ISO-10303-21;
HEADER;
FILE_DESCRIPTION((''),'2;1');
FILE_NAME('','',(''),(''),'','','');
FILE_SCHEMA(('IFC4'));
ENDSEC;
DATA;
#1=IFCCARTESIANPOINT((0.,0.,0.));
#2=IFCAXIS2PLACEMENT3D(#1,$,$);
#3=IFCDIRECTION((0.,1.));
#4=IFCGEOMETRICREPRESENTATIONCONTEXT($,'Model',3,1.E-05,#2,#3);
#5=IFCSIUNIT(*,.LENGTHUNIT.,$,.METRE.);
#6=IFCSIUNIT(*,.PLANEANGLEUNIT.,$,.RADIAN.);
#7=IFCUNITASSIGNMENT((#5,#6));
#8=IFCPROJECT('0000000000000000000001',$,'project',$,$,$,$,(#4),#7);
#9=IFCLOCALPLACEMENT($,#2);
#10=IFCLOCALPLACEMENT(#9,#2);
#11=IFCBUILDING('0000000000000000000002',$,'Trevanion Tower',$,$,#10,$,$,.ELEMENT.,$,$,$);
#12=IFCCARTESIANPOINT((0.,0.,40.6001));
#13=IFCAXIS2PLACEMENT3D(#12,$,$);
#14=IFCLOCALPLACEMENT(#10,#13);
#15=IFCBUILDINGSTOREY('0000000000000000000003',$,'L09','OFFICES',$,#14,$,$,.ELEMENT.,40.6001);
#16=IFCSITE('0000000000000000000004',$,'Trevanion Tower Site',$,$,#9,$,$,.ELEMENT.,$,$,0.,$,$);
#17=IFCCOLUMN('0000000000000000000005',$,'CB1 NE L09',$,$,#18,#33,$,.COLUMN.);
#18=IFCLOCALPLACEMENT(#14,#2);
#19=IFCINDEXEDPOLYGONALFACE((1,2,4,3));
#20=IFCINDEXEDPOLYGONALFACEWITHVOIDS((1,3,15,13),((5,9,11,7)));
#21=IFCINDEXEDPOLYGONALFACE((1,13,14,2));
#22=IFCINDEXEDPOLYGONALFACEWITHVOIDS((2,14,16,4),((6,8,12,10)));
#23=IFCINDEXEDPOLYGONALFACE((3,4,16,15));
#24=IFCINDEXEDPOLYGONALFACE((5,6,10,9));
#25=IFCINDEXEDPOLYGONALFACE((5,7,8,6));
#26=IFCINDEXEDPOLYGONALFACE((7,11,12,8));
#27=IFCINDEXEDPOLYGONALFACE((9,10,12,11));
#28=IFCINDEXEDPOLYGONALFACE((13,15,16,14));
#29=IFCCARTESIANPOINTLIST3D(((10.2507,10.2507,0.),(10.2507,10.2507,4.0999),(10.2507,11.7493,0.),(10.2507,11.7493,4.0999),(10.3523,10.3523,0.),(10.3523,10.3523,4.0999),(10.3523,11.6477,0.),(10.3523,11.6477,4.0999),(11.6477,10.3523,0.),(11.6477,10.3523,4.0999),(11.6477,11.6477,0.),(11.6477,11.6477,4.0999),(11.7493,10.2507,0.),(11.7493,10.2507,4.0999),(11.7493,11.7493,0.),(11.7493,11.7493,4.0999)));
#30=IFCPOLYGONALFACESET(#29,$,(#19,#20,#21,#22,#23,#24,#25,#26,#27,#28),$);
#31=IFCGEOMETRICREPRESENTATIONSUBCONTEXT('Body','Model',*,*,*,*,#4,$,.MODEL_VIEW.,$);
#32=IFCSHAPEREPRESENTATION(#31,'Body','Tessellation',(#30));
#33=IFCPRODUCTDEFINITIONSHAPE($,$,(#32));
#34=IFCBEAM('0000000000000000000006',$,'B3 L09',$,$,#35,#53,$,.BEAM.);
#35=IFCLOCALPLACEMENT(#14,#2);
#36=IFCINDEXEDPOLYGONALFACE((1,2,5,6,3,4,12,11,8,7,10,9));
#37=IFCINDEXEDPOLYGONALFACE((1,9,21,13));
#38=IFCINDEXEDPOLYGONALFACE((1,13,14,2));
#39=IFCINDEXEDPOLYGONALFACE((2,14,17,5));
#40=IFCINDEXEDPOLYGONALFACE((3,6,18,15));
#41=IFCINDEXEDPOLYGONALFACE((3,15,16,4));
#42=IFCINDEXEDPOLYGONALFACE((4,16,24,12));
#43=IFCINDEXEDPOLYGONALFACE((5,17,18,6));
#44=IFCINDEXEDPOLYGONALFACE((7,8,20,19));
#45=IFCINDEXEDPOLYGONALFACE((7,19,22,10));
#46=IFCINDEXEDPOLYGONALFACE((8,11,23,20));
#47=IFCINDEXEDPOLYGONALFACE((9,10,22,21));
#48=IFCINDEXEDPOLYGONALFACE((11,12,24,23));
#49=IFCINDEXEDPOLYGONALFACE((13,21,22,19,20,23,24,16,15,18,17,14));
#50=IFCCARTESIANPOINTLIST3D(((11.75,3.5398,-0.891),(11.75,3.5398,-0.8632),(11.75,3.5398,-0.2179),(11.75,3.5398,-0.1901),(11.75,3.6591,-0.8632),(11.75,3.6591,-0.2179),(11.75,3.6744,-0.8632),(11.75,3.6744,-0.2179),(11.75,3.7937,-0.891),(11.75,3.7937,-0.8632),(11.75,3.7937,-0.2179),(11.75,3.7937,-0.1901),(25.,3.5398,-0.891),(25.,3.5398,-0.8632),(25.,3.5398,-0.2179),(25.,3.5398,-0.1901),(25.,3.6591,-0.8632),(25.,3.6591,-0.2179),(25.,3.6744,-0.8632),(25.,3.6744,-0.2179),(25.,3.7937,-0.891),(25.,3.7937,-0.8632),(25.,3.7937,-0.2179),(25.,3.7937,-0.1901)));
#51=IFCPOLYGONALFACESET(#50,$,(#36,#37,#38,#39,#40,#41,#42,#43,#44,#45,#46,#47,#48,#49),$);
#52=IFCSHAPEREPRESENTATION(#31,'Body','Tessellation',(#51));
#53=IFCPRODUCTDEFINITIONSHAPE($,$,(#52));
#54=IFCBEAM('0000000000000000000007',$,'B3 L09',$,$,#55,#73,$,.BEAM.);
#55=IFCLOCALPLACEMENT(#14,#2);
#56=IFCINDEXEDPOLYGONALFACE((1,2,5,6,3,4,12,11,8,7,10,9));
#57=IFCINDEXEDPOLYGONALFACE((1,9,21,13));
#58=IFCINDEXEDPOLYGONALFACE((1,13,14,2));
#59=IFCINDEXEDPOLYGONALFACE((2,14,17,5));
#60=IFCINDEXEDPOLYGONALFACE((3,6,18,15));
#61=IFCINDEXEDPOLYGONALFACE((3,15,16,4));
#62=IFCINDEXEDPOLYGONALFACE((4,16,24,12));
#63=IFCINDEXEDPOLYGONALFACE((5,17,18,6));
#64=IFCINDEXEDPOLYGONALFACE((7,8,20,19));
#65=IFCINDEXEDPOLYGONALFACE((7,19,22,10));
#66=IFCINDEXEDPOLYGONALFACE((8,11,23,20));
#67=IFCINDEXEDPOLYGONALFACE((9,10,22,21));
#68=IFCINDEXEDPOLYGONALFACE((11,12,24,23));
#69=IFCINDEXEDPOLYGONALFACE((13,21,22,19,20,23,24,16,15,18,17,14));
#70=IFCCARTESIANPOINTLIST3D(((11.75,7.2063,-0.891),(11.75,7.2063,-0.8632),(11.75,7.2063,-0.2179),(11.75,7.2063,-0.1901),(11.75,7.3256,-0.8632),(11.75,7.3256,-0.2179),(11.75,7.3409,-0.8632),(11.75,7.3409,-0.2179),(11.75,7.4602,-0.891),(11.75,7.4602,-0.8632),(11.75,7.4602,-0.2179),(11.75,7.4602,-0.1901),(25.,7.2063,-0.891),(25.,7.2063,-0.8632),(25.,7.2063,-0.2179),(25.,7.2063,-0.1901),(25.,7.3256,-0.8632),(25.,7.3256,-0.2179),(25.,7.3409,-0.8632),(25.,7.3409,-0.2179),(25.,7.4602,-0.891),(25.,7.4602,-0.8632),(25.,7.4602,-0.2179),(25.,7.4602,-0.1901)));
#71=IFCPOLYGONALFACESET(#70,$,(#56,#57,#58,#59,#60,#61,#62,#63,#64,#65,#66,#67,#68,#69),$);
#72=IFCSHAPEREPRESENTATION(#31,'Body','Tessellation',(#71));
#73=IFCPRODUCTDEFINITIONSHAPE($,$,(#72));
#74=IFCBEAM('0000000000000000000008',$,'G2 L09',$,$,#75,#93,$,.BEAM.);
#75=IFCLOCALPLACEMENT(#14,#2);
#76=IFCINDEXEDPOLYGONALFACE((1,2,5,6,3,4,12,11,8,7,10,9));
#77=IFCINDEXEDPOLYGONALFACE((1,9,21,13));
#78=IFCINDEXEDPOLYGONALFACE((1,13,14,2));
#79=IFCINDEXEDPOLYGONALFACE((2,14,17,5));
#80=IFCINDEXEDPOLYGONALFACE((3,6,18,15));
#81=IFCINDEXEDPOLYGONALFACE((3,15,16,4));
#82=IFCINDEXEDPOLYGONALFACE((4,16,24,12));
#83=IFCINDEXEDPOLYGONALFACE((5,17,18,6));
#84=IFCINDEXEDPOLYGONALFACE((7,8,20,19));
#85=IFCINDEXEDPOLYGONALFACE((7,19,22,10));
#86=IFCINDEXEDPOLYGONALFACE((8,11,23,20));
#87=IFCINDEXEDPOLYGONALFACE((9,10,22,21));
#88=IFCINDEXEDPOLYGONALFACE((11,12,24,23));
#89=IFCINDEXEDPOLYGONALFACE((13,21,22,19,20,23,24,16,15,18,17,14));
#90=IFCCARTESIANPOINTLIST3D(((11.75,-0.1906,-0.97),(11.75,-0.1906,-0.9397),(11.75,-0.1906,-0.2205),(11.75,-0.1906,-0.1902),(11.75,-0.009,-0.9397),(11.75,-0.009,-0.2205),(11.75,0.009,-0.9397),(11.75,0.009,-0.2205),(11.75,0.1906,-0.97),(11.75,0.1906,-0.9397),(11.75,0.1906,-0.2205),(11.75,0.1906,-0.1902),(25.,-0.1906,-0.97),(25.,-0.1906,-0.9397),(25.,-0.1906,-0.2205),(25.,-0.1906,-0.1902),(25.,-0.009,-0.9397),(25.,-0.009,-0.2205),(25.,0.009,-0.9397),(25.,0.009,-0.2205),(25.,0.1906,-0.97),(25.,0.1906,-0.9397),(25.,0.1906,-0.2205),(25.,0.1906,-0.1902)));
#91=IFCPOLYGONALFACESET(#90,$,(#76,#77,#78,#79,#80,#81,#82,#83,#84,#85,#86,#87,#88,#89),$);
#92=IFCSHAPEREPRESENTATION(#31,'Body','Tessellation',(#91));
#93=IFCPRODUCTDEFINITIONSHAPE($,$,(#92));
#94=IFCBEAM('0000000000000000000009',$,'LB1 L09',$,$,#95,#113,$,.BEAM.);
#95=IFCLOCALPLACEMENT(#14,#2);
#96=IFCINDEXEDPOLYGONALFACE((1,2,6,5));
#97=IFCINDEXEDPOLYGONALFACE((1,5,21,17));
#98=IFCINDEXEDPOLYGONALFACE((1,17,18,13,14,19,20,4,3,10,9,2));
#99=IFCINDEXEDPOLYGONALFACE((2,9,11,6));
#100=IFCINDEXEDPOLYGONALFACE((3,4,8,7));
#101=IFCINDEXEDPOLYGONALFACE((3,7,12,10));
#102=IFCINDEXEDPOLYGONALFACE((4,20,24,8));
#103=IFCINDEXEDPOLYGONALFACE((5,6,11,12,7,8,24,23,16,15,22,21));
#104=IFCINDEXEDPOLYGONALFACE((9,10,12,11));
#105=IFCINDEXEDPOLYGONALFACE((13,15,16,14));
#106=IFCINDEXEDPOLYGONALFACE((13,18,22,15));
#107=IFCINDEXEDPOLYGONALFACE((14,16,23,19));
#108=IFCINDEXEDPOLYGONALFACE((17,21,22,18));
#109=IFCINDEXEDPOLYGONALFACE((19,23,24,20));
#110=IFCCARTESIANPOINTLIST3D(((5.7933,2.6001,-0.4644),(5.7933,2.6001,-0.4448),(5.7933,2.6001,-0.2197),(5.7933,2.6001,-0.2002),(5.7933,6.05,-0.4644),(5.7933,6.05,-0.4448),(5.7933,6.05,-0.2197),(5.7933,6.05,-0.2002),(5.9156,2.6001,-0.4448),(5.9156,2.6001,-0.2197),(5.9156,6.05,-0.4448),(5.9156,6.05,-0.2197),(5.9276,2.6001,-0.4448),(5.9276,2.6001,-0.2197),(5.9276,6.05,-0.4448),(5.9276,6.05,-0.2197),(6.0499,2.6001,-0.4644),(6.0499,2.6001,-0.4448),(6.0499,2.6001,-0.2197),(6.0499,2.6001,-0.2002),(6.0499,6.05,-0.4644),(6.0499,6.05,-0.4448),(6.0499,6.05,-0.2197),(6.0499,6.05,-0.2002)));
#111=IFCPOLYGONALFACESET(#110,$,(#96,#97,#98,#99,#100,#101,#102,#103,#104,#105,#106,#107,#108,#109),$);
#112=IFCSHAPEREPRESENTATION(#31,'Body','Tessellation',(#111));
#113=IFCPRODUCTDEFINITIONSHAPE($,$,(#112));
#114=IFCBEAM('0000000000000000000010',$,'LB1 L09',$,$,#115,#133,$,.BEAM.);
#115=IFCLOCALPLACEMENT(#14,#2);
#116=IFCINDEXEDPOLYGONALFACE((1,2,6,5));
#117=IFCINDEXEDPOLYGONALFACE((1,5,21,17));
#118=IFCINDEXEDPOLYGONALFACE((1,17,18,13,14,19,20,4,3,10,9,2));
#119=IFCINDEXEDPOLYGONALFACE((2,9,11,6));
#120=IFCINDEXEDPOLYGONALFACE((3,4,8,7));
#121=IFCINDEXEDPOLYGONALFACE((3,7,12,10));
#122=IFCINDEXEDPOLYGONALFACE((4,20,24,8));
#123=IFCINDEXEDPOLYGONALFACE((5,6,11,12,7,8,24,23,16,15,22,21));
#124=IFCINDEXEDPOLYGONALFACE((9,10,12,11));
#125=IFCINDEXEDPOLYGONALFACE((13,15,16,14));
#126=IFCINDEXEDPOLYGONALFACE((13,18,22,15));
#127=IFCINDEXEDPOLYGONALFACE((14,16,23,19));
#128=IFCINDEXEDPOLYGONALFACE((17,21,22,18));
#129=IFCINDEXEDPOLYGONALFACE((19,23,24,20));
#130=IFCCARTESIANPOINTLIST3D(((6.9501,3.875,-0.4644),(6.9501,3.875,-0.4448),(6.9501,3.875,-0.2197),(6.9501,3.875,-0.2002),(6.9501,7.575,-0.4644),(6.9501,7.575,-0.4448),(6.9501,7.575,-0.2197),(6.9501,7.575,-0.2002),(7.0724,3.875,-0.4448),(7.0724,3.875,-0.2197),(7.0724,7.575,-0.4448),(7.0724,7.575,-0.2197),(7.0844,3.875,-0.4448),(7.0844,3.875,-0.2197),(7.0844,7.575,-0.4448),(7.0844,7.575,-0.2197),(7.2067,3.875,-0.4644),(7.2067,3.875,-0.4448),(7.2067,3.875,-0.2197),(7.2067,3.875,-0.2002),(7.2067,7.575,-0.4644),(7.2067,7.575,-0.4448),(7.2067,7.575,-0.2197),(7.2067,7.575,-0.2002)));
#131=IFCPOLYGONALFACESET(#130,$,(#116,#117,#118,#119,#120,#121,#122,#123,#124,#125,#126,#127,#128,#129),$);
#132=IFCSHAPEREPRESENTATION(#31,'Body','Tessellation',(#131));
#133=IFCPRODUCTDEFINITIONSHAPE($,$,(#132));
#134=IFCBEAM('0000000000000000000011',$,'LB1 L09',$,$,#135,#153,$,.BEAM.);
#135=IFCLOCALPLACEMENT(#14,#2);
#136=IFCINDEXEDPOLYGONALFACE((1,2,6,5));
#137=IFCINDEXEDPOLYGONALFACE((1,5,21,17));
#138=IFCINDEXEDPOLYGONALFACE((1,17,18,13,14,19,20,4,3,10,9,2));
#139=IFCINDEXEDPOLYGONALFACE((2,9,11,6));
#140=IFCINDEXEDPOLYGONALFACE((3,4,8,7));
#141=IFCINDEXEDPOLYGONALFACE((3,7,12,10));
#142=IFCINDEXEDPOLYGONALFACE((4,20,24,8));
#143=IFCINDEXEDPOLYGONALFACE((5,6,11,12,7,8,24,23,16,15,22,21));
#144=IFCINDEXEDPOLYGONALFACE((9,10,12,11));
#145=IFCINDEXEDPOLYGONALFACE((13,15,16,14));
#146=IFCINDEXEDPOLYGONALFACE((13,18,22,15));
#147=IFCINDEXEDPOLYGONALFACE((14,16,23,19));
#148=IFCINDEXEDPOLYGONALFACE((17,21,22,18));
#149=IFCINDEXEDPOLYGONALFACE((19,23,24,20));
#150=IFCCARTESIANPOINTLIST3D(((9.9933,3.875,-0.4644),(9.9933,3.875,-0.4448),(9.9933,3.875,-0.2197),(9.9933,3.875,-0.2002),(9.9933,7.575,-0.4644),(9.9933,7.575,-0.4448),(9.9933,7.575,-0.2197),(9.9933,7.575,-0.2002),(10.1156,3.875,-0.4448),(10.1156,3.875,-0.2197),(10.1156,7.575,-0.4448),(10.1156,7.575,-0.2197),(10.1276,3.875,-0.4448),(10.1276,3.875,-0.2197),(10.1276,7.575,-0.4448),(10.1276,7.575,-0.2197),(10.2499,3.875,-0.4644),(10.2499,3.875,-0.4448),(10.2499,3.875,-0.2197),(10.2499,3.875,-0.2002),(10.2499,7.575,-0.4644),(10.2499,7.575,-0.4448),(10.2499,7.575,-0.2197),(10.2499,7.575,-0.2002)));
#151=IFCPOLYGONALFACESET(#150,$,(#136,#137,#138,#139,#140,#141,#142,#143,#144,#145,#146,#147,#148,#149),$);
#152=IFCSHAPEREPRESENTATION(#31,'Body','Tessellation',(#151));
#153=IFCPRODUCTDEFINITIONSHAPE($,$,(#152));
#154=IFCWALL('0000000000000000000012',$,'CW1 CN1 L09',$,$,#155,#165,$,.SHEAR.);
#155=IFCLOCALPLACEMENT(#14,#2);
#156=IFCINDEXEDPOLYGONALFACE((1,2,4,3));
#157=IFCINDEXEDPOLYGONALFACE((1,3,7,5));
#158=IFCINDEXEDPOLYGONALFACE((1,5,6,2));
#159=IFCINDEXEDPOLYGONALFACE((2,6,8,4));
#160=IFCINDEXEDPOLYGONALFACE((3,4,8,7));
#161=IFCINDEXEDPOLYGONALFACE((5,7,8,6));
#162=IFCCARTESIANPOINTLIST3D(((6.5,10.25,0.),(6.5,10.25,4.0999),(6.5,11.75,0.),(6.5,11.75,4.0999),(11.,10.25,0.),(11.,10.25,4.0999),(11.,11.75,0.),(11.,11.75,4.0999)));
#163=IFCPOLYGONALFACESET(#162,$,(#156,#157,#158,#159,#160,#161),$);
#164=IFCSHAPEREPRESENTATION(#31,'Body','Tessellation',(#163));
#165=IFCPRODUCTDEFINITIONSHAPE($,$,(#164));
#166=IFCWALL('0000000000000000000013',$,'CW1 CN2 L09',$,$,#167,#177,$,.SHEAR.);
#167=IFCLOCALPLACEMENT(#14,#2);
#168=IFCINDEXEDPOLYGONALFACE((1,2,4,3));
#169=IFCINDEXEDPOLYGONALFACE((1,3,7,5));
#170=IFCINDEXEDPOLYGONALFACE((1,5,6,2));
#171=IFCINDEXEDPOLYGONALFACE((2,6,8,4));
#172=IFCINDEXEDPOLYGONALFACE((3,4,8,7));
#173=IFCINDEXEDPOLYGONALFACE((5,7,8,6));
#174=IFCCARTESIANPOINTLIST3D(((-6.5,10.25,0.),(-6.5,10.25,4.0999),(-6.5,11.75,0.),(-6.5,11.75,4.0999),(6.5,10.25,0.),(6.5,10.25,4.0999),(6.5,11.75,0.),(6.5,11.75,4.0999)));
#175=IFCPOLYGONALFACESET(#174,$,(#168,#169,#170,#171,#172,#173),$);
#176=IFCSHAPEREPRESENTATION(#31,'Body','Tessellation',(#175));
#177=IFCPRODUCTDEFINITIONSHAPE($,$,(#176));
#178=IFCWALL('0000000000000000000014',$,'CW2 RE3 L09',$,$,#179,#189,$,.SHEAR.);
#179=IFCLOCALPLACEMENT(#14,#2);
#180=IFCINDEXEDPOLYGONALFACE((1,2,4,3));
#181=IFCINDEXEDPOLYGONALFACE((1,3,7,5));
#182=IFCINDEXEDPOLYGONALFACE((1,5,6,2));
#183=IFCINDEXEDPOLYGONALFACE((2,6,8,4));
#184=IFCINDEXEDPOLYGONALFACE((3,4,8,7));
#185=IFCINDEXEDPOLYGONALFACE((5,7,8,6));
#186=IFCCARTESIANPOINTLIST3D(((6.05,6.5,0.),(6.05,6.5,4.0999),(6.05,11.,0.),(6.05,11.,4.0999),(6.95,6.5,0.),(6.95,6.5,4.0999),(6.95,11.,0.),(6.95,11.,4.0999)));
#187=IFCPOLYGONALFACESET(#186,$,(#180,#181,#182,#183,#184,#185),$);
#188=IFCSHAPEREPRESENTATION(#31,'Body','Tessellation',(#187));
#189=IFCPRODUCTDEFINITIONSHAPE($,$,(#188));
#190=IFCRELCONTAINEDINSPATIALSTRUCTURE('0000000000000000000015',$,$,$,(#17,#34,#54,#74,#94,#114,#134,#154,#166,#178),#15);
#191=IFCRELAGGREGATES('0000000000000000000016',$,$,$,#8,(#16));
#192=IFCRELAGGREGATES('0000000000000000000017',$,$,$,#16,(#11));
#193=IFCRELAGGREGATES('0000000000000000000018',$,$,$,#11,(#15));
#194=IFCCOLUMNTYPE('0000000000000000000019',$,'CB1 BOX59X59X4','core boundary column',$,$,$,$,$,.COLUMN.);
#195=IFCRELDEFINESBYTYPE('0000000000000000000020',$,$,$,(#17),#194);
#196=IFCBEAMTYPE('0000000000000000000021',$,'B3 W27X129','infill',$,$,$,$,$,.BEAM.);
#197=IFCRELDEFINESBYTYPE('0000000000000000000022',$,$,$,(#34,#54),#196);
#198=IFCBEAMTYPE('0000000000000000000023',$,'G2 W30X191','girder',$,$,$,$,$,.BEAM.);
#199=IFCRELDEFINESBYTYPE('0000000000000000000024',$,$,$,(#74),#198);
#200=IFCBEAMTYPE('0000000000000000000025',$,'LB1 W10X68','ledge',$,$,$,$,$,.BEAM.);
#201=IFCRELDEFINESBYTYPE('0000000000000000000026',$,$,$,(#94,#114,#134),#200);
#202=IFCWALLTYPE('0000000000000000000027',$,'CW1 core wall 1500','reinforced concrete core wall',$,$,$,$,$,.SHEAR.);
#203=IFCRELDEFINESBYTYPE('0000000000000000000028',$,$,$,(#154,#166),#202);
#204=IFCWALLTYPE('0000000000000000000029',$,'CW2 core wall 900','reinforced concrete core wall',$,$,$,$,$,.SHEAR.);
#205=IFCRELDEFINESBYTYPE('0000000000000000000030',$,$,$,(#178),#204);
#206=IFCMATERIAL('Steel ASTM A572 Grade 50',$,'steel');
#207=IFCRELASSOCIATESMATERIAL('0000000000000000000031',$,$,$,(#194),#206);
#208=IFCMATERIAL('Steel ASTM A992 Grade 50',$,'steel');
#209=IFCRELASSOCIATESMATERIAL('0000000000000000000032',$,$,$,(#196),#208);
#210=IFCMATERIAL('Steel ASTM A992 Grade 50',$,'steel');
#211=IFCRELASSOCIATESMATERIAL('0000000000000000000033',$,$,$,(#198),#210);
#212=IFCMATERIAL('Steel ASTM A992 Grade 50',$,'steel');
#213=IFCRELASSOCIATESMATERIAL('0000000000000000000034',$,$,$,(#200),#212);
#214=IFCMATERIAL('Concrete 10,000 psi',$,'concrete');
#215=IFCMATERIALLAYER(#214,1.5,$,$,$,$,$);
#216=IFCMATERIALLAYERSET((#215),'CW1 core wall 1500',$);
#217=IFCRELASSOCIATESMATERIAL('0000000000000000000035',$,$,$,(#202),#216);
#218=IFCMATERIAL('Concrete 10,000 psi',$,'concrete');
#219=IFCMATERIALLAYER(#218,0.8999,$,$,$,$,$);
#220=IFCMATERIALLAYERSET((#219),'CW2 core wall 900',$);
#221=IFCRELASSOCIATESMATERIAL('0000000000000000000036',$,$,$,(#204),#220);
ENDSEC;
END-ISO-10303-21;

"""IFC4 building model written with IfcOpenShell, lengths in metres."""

from ifc_helpers import new_model, si_unit, direction, frame, frame_2d, origin, origin_2d, place, context, subcontext, project, spatial, rectangle, hollow_rectangle, i_section, extrude, material, layer, layer_set, material_profile, profile_set, type_object, element, save


model = new_model("IFC4")

# Units and contexts
model_context = context("Model", 3, precision=1e-05, world=origin(), true_north=direction((0.0, 1.0)))
body_context = subcontext(model_context, "Body", "Model", "MODEL_VIEW")
ifc_project = project(units=[si_unit("LENGTHUNIT", "METRE"), si_unit("PLANEANGLEUNIT", "RADIAN")], contexts=[model_context])

# Site, building, storey
site_placement = place(None, origin())
site = spatial("IfcSite", under=ifc_project, at=site_placement, Name="Trevanion Tower Site", CompositionType="ELEMENT", RefElevation=0.0)
building_placement = place(site_placement, origin())
building = spatial("IfcBuilding", under=site, at=building_placement, Name="Trevanion Tower", CompositionType="ELEMENT")
storey_placement = place(building_placement, frame((0.0, 0.0, 40.6001)))
storey = spatial("IfcBuildingStorey", under=building, at=storey_placement, Name="L09", Description="OFFICES", CompositionType="ELEMENT", Elevation=40.6001)

# Column
ifc_material_1 = material(Name="Steel ASTM A572 Grade 50", Category="steel")
ifc_material_profile_1 = material_profile(ifc_material_1, hollow_rectangle(XDim=1.4985, YDim=1.4985, WallThickness=0.1016, at=origin_2d()), Name="BOX59X59X4")
ifc_profile_set_1 = profile_set([ifc_material_profile_1], Name="Steel ASTM A572 Grade 50")
column_type = type_object("IfcColumnType", Name="CB1 BOX59X59X4", Description="core boundary column", PredefinedType="COLUMN", material=ifc_profile_set_1)
column_placement = place(storey_placement, frame((11.0, 11.0, 0.0), z_axis=(0.0, 0.0, 1.0), x_axis=(1.0, 0.0, 0.0)))
element("IfcColumn", 1, at=column_placement, inside=storey, type_object=column_type, Name="CB1 NE L09", PredefinedType="COLUMN", context=body_context, shape_type="SweptSolid", body=[
    extrude(hollow_rectangle(XDim=1.4985, YDim=1.4985, WallThickness=0.1016, at=origin_2d()), origin(), (0.0, 0.0, 1.0), 4.0999),
])

# Beams
ifc_material_2 = material(Name="Steel ASTM A992 Grade 50", Category="steel")
ifc_material_profile_2 = material_profile(ifc_material_2, i_section(OverallWidth=0.2539, OverallDepth=0.7009, WebThickness=0.0154, FlangeThickness=0.0278, at=origin_2d()), Name="W27X129")
ifc_profile_set_2 = profile_set([ifc_material_profile_2], Name="Steel ASTM A992 Grade 50")
beam_type_1 = type_object("IfcBeamType", Name="B3 W27X129", Description="infill", PredefinedType="BEAM", material=ifc_profile_set_2)
for number, where, z_axis, x_axis, name in (
    (2, (11.75, 3.6667, -0.5405), (1.0, 0.0, 0.0), (0.0, 1.0, 0.0), "B3 L09"),
    (3, (11.75, 7.3333, -0.5405), (1.0, 0.0, 0.0), (0.0, 1.0, 0.0), "B3 L09"),
):
    element("IfcBeam", number, at=place(storey_placement, frame(where, z_axis=z_axis, x_axis=x_axis)), inside=storey, type_object=beam_type_1, Name=name, PredefinedType="BEAM", context=body_context, shape_type="SweptSolid", body=[
        extrude(i_section(OverallWidth=0.2539, OverallDepth=0.7009, WebThickness=0.0154, FlangeThickness=0.0278, at=origin_2d()), origin(), (0.0, 0.0, 1.0), 13.25),
    ])
ifc_material_3 = material(Name="Steel ASTM A992 Grade 50", Category="steel")
ifc_material_profile_3 = material_profile(ifc_material_3, i_section(OverallWidth=0.3811, OverallDepth=0.7798, WebThickness=0.0181, FlangeThickness=0.0303, at=origin_2d()), Name="W30X191")
ifc_profile_set_3 = profile_set([ifc_material_profile_3], Name="Steel ASTM A992 Grade 50")
beam_type_2 = type_object("IfcBeamType", Name="G2 W30X191", Description="girder", PredefinedType="BEAM", material=ifc_profile_set_3)
beam_1_placement = place(storey_placement, frame((11.75, 0.0, -0.5801), z_axis=(1.0, 0.0, 0.0), x_axis=(0.0, 1.0, 0.0)))
element("IfcBeam", 4, at=beam_1_placement, inside=storey, type_object=beam_type_2, Name="G2 L09", PredefinedType="BEAM", context=body_context, shape_type="SweptSolid", body=[
    extrude(i_section(OverallWidth=0.3811, OverallDepth=0.7798, WebThickness=0.0181, FlangeThickness=0.0303, at=origin_2d()), origin(), (0.0, 0.0, 1.0), 13.25),
])
ifc_material_4 = material(Name="Steel ASTM A992 Grade 50", Category="steel")
ifc_material_profile_4 = material_profile(ifc_material_4, i_section(OverallWidth=0.2566, OverallDepth=0.2642, WebThickness=0.012, FlangeThickness=0.0195, at=origin_2d()), Name="W10X68")
ifc_profile_set_4 = profile_set([ifc_material_profile_4], Name="Steel ASTM A992 Grade 50")
beam_type_3 = type_object("IfcBeamType", Name="LB1 W10X68", Description="ledge", PredefinedType="BEAM", material=ifc_profile_set_4)
beam_2_placement = place(storey_placement, frame((5.9216, 2.6001, -0.3323), z_axis=(0.0, 1.0, 0.0), x_axis=(-1.0, 0.0, 0.0)))
element("IfcBeam", 5, at=beam_2_placement, inside=storey, type_object=beam_type_3, Name="LB1 L09", PredefinedType="BEAM", context=body_context, shape_type="SweptSolid", body=[
    extrude(i_section(OverallWidth=0.2566, OverallDepth=0.2642, WebThickness=0.012, FlangeThickness=0.0195, at=origin_2d()), origin(), (0.0, 0.0, 1.0), 3.45),
])
for number, where, z_axis, x_axis, name in (
    (6, (7.0784, 3.875, -0.3323), (0.0, 1.0, 0.0), (-1.0, 0.0, 0.0), "LB1 L09"),
    (7, (10.1216, 3.875, -0.3323), (0.0, 1.0, 0.0), (-1.0, 0.0, 0.0), "LB1 L09"),
):
    element("IfcBeam", number, at=place(storey_placement, frame(where, z_axis=z_axis, x_axis=x_axis)), inside=storey, type_object=beam_type_3, Name=name, PredefinedType="BEAM", context=body_context, shape_type="SweptSolid", body=[
        extrude(i_section(OverallWidth=0.2566, OverallDepth=0.2642, WebThickness=0.012, FlangeThickness=0.0195, at=origin_2d()), origin(), (0.0, 0.0, 1.0), 3.7),
    ])

# Walls
ifc_material_5 = material(Name="Concrete 10,000 psi", Category="concrete")
ifc_layer_1 = layer(ifc_material_5, 1.5)
ifc_layer_set_1 = layer_set([ifc_layer_1], Name="CW1 core wall 1500")
wall_type_1 = type_object("IfcWallType", Name="CW1 core wall 1500", Description="reinforced concrete core wall", PredefinedType="SHEAR", material=ifc_layer_set_1)
wall_1_placement = place(storey_placement, frame((11.0, 11.0, 0.0), z_axis=(0.0, 0.0, 1.0), x_axis=(-1.0, 0.0, 0.0)))
element("IfcWall", 8, at=wall_1_placement, inside=storey, type_object=wall_type_1, Name="CW1 CN1 L09", PredefinedType="SHEAR", context=body_context, shape_type="SweptSolid", body=[
    extrude(rectangle(XDim=4.5, YDim=1.5, at=frame_2d((2.25, 0.0))), origin(), (0.0, 0.0, 1.0), 4.0999),
])
wall_2_placement = place(storey_placement, frame((6.5, 11.0, 0.0), z_axis=(0.0, 0.0, 1.0), x_axis=(-1.0, 0.0, 0.0)))
element("IfcWall", 9, at=wall_2_placement, inside=storey, type_object=wall_type_1, Name="CW1 CN2 L09", PredefinedType="SHEAR", context=body_context, shape_type="SweptSolid", body=[
    extrude(rectangle(XDim=13.0, YDim=1.5, at=frame_2d((6.5, 0.0))), origin(), (0.0, 0.0, 1.0), 4.0999),
])
ifc_material_6 = material(Name="Concrete 10,000 psi", Category="concrete")
ifc_layer_2 = layer(ifc_material_6, 0.8999)
ifc_layer_set_2 = layer_set([ifc_layer_2], Name="CW2 core wall 900")
wall_type_2 = type_object("IfcWallType", Name="CW2 core wall 900", Description="reinforced concrete core wall", PredefinedType="SHEAR", material=ifc_layer_set_2)
wall_3_placement = place(storey_placement, frame((6.5, 6.5, 0.0), z_axis=(0.0, 0.0, 1.0), x_axis=(0.0, 1.0, 0.0)))
element("IfcWall", 10, at=wall_3_placement, inside=storey, type_object=wall_type_2, Name="CW2 RE3 L09", PredefinedType="SHEAR", context=body_context, shape_type="SweptSolid", body=[
    extrude(rectangle(XDim=4.5, YDim=0.8999, at=frame_2d((2.25, 0.0))), origin(), (0.0, 0.0, 1.0), 4.0999),
])

save(model, "model.ifc")
